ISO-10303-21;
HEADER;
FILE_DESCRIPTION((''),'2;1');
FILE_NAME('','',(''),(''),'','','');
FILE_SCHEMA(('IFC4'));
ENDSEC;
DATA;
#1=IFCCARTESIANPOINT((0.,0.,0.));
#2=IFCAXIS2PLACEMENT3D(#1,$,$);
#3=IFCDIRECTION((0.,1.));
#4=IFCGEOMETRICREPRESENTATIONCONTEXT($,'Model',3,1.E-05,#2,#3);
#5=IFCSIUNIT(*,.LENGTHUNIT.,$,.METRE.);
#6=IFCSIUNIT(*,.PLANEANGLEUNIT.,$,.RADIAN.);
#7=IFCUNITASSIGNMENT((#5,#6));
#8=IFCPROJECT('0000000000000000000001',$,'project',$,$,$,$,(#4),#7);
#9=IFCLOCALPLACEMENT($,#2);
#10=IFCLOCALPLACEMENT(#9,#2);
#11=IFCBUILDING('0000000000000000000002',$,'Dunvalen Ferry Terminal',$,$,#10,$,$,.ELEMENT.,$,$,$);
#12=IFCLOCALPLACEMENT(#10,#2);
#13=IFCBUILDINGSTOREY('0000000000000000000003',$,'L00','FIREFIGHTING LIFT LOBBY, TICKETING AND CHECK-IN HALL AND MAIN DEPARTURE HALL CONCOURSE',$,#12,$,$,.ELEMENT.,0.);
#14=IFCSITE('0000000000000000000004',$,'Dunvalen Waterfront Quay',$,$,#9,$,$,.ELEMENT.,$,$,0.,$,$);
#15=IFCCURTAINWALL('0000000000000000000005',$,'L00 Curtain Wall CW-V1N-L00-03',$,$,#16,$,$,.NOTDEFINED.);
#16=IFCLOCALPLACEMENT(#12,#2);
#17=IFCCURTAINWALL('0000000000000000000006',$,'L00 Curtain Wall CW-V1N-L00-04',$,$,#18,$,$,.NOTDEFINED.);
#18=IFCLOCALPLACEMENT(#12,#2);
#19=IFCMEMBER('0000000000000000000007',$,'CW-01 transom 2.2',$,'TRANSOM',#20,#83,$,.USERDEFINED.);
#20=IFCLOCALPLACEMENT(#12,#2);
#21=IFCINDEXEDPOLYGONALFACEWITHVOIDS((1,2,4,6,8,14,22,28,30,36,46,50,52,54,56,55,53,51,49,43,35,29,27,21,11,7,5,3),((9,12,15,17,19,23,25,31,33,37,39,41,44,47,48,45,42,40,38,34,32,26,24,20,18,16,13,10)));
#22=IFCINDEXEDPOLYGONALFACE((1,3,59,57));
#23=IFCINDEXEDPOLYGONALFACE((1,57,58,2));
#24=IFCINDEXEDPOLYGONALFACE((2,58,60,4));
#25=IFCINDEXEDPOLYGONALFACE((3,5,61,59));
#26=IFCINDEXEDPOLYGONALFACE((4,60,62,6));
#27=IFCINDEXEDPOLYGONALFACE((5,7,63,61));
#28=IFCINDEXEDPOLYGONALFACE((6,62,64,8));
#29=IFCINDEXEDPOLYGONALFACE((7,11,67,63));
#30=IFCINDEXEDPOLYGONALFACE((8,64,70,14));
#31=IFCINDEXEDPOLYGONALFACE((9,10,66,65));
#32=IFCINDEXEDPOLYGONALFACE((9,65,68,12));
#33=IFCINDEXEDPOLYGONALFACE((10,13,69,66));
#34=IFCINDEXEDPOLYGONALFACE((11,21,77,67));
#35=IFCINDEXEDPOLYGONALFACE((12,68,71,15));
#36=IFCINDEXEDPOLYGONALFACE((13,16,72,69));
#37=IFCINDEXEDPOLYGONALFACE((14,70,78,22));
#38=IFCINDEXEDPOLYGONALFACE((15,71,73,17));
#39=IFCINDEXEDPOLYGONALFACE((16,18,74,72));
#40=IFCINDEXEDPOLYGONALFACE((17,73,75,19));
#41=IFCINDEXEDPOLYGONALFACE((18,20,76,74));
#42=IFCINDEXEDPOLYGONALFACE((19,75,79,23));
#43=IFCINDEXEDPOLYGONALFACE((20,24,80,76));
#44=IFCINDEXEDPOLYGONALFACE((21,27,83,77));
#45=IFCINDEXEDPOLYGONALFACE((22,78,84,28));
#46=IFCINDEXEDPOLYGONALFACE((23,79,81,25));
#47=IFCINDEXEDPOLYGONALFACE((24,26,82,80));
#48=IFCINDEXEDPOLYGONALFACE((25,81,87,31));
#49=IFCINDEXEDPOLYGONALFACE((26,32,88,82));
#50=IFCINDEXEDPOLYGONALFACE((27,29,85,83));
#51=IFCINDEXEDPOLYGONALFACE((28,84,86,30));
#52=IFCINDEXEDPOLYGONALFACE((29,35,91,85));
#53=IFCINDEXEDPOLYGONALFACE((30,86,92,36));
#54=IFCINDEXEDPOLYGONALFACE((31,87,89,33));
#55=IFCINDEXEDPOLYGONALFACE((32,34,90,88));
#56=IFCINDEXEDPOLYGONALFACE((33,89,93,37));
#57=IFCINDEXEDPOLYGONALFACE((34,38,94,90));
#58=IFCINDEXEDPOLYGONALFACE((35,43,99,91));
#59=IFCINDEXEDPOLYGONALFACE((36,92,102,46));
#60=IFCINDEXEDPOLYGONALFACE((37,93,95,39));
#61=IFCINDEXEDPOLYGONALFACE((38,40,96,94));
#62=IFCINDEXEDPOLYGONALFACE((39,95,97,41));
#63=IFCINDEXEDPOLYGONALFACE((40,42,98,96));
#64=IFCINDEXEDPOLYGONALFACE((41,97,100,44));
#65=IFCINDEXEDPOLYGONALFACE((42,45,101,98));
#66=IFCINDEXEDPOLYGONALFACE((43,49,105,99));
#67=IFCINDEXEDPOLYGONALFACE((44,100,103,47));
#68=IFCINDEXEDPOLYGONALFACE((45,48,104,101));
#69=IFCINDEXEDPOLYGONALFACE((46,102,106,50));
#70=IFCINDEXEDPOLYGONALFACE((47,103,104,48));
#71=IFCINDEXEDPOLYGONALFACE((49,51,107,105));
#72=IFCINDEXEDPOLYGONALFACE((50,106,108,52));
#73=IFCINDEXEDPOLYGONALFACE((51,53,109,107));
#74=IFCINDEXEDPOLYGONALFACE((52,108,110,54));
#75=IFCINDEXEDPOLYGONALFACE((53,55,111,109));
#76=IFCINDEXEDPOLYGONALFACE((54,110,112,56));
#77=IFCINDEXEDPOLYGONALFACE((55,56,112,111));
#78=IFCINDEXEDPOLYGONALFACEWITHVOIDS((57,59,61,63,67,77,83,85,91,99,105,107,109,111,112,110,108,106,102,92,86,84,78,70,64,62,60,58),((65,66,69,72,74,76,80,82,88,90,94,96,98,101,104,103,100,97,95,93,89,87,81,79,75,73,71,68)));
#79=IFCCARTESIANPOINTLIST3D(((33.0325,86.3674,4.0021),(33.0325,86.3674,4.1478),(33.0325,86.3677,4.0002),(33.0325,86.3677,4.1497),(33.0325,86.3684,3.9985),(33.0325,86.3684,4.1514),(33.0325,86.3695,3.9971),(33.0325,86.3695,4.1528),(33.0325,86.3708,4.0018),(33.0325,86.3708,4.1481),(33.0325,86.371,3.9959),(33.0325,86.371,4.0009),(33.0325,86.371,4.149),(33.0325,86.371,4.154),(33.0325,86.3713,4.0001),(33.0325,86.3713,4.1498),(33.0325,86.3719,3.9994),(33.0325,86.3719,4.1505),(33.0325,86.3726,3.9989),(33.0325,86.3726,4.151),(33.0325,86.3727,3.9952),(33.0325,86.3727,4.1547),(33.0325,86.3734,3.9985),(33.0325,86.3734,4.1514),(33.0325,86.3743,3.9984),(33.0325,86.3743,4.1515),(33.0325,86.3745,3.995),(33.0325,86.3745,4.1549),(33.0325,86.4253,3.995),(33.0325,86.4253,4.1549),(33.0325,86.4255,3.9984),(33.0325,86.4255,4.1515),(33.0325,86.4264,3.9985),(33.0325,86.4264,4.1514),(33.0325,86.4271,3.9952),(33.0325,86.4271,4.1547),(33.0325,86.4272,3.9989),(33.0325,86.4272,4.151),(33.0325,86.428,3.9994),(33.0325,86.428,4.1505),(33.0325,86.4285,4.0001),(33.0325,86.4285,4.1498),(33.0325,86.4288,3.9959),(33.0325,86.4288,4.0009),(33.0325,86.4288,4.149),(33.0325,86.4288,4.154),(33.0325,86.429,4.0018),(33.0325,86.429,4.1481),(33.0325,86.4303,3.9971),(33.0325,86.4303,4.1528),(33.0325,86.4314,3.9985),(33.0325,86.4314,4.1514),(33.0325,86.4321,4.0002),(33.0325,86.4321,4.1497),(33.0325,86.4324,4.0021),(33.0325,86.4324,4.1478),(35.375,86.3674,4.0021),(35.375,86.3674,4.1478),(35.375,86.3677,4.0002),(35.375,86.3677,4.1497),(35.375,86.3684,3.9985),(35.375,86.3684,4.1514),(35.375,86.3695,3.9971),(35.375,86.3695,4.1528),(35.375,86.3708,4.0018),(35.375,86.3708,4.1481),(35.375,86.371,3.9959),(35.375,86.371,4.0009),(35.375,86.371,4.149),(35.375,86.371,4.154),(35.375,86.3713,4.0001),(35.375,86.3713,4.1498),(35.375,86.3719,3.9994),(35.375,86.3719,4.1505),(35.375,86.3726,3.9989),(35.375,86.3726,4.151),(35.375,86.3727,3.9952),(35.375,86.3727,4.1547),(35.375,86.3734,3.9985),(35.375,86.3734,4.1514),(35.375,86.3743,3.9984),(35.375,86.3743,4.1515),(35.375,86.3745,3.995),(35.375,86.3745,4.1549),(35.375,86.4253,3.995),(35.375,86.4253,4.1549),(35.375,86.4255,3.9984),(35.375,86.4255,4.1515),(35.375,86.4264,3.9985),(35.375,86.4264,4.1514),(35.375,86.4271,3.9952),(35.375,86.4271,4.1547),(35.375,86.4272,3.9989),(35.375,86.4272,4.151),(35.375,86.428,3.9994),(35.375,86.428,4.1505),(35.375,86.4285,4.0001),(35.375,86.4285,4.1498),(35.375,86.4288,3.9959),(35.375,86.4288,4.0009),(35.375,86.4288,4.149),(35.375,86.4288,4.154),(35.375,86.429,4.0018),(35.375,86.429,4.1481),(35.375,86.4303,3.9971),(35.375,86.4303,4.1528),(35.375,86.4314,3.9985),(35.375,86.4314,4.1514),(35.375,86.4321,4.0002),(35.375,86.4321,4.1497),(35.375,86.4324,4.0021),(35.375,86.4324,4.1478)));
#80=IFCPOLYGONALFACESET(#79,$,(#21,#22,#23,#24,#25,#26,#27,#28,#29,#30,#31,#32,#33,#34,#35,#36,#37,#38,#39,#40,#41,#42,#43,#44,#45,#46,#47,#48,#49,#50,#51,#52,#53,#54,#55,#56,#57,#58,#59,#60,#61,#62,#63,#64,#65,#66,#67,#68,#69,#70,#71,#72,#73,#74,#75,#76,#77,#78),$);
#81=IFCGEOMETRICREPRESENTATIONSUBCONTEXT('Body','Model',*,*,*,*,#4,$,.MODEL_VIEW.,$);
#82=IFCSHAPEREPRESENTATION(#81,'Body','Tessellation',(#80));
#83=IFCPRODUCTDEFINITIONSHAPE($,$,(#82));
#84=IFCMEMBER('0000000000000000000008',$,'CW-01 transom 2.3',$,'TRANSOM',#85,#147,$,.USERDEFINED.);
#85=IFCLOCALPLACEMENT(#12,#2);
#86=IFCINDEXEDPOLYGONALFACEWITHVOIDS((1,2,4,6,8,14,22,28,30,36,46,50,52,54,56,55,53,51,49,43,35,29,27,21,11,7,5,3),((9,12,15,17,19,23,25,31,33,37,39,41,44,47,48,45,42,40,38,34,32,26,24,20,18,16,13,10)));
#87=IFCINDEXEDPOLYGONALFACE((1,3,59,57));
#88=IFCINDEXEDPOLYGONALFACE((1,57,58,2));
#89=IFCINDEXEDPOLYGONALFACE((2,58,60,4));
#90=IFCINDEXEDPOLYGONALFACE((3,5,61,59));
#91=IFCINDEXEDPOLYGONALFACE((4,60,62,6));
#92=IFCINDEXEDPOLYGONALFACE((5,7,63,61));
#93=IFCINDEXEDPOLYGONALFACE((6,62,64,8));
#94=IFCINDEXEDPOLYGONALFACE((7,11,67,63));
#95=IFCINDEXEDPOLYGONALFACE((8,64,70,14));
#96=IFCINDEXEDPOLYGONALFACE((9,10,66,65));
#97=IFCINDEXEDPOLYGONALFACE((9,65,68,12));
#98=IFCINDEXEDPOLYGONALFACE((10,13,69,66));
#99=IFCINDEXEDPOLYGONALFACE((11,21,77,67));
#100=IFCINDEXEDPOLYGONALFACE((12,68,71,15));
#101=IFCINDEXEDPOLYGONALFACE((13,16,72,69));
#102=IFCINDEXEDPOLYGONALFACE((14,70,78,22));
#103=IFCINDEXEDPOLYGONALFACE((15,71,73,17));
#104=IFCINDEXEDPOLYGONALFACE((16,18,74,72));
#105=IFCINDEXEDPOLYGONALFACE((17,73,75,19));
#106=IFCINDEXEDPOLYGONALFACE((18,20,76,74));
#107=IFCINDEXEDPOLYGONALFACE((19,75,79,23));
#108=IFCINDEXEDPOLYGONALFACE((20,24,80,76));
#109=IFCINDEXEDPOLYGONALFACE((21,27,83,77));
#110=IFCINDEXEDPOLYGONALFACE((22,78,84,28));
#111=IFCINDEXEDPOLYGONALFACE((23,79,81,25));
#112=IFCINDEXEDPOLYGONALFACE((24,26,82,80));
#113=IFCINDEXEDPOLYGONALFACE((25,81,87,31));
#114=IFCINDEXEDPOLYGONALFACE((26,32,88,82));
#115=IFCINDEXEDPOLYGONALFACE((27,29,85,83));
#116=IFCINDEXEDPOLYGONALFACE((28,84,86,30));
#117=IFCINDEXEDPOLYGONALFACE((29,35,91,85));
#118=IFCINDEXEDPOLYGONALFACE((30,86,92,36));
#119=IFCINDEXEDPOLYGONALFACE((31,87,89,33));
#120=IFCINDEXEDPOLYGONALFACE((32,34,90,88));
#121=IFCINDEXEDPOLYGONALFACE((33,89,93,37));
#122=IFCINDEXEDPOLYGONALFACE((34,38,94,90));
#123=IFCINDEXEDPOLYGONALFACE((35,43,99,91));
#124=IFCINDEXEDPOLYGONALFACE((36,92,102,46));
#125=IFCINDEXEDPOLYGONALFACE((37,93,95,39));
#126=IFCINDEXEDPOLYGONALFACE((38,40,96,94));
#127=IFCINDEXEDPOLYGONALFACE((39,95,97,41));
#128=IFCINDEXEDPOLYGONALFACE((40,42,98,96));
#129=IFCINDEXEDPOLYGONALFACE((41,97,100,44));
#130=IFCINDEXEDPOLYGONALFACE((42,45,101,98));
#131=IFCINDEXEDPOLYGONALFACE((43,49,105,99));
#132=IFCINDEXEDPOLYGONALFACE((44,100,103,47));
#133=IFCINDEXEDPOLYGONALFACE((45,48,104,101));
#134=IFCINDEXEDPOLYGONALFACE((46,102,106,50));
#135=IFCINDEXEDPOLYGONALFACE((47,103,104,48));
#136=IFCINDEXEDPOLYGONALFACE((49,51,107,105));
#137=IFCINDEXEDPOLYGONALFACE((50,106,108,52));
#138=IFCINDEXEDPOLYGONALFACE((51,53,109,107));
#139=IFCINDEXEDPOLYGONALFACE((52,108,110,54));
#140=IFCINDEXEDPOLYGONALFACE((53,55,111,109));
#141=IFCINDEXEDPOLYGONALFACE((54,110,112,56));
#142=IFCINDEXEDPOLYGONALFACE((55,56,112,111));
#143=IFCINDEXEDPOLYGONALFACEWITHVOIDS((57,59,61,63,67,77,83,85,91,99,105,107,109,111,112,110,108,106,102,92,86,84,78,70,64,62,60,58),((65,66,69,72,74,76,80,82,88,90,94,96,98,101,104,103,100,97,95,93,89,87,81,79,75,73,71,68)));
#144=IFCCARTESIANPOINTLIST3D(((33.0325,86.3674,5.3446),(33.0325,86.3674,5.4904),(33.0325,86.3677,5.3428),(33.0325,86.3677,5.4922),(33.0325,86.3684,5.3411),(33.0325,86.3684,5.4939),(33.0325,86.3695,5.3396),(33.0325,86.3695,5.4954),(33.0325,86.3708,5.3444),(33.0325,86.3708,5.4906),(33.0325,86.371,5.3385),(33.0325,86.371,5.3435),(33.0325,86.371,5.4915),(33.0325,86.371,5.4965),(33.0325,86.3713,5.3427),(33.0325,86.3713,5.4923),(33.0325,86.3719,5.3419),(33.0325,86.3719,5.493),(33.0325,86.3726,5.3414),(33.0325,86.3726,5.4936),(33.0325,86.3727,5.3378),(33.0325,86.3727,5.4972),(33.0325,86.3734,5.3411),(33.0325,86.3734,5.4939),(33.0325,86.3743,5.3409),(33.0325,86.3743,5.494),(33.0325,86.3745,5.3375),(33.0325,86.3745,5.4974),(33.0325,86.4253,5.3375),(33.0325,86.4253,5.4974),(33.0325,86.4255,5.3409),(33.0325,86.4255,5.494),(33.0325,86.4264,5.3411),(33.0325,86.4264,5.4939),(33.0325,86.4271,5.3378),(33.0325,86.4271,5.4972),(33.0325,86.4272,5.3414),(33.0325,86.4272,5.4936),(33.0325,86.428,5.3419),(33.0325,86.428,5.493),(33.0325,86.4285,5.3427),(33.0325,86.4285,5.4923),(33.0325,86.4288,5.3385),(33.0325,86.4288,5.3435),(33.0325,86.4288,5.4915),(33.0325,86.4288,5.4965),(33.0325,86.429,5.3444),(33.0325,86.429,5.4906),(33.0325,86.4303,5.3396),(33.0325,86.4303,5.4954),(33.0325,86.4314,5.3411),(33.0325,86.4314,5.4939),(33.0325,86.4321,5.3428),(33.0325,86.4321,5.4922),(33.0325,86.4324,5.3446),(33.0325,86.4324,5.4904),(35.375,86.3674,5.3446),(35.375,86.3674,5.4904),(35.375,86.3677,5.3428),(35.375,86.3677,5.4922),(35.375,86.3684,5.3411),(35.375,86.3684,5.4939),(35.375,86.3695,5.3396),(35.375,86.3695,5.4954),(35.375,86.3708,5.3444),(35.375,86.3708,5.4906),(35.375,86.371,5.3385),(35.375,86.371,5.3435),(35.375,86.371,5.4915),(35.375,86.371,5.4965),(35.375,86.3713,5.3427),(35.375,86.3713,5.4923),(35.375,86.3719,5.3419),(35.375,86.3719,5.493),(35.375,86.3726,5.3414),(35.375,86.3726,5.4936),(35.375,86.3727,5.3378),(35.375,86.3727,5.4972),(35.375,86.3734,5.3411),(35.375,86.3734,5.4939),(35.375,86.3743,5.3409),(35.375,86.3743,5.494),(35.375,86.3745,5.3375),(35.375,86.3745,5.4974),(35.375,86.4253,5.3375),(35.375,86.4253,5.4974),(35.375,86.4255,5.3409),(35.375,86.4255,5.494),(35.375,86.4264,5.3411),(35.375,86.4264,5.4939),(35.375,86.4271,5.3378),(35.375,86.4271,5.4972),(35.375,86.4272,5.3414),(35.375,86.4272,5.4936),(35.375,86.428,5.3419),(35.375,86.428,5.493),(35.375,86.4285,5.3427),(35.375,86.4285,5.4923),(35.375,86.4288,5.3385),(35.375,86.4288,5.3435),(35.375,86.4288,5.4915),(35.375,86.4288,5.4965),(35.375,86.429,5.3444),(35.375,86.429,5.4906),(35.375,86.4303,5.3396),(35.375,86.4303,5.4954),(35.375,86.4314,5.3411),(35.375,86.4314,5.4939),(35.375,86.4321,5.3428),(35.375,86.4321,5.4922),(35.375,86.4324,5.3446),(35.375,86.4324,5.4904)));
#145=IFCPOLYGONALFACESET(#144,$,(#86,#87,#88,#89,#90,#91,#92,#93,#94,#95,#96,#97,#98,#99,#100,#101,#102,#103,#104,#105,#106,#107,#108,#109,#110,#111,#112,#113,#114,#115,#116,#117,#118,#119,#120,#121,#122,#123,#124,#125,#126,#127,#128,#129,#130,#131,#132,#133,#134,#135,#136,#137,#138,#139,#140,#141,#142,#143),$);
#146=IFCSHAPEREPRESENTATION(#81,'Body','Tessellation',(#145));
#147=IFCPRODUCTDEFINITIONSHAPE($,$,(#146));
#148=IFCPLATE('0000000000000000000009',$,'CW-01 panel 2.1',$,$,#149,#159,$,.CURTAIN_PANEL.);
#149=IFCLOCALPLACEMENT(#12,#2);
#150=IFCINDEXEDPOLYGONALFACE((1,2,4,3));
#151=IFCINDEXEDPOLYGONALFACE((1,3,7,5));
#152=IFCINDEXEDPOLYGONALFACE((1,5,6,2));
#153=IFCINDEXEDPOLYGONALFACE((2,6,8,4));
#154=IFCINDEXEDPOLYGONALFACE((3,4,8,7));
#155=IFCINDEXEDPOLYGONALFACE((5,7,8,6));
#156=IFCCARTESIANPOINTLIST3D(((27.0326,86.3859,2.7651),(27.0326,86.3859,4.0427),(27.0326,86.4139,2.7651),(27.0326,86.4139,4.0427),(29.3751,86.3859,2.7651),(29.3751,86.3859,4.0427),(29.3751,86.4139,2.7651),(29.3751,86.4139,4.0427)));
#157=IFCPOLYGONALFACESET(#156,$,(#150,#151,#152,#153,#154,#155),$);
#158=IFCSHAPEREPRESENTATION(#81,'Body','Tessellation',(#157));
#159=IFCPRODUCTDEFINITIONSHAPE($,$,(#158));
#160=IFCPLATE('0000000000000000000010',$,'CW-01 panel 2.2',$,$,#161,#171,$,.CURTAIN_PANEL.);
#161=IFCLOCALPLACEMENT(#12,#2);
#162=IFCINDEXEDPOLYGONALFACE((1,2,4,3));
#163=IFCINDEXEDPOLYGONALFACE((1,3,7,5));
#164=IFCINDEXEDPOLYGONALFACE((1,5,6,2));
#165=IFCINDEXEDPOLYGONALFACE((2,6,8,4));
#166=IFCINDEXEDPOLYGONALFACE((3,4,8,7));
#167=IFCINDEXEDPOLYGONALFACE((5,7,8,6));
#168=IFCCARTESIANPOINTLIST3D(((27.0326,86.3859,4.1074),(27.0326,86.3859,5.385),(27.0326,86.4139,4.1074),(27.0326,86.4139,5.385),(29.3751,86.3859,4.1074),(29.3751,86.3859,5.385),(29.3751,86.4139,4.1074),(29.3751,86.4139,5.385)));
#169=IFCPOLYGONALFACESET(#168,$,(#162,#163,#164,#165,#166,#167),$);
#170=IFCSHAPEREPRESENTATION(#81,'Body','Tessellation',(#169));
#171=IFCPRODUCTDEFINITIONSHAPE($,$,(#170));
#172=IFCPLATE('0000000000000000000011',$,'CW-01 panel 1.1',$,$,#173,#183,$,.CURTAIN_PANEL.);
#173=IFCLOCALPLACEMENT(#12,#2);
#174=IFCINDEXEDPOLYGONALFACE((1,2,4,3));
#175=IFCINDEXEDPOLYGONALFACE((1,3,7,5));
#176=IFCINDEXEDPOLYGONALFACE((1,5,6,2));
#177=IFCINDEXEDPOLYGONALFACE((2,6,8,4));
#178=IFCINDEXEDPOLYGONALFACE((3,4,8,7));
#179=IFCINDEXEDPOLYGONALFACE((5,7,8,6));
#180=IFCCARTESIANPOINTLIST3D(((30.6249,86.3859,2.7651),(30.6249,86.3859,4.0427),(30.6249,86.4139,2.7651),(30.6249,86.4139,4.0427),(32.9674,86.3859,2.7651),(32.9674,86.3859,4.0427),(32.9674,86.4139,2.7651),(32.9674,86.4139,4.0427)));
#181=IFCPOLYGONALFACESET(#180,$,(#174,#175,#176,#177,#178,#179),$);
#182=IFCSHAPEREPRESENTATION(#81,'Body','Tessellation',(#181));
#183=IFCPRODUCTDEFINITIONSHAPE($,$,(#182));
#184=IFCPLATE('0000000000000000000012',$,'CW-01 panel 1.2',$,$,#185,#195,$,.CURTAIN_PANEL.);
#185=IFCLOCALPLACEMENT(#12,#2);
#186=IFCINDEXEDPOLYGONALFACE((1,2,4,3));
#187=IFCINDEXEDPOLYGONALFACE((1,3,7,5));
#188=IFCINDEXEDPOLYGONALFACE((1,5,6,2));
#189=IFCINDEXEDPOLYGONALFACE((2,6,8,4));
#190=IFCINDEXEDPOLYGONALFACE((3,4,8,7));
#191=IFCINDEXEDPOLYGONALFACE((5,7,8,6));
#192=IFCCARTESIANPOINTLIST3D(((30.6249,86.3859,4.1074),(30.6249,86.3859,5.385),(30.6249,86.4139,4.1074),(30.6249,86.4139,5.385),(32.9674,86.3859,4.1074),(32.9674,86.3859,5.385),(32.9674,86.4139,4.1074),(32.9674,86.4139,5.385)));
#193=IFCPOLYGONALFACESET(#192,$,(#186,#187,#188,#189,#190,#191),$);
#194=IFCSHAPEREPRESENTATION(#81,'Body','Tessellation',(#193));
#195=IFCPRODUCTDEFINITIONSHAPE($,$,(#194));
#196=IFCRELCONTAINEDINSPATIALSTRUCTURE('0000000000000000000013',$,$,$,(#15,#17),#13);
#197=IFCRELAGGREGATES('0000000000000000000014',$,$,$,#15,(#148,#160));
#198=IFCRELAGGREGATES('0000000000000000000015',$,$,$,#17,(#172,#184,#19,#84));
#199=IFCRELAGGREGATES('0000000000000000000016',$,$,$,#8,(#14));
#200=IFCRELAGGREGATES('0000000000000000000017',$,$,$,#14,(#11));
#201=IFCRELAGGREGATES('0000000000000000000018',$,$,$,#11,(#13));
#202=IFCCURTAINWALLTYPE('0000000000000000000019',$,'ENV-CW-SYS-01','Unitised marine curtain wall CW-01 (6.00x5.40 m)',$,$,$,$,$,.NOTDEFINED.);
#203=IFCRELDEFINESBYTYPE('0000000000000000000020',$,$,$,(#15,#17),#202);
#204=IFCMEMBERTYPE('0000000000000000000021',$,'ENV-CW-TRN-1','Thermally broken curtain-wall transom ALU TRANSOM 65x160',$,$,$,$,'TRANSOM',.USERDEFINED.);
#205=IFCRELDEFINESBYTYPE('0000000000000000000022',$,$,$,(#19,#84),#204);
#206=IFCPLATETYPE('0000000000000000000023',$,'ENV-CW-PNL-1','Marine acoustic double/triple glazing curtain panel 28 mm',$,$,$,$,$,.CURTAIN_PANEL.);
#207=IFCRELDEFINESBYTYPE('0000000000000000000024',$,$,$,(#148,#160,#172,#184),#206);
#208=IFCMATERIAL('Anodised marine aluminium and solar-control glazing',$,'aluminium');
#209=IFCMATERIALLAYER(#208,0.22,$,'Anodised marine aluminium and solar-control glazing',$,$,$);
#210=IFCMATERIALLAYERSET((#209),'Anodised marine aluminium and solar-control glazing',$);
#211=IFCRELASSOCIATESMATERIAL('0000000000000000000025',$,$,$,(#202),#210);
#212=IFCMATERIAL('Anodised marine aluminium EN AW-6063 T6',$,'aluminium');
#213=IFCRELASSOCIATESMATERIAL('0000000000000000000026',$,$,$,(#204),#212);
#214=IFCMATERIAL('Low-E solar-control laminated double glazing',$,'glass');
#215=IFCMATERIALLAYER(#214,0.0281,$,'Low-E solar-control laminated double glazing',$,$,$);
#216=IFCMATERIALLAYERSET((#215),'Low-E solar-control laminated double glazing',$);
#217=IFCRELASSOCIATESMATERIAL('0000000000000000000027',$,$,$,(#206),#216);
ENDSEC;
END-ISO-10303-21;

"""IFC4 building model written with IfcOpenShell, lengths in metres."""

from ifc_helpers import new_model, si_unit, direction, frame, origin, origin_2d, place, context, subcontext, project, spatial, rectangle, hollow_rectangle, extrude, material, layer, layer_set, material_profile, profile_set, type_object, element, aggregate, save


model = new_model("IFC4")

# Units and contexts
model_context = context("Model", 3, precision=1e-05, world=origin(), true_north=direction((0.0, 1.0)))
body_context = subcontext(model_context, "Body", "Model", "MODEL_VIEW")
ifc_project = project(units=[si_unit("LENGTHUNIT", "METRE"), si_unit("PLANEANGLEUNIT", "RADIAN")], contexts=[model_context])

# Site, building, storey
site_placement = place(None, origin())
site = spatial("IfcSite", under=ifc_project, at=site_placement, Name="Dunvalen Waterfront Quay", CompositionType="ELEMENT", RefElevation=0.0)
building_placement = place(site_placement, origin())
building = spatial("IfcBuilding", under=site, at=building_placement, Name="Dunvalen Ferry Terminal", CompositionType="ELEMENT")
storey_placement = place(building_placement, origin())
storey = spatial("IfcBuildingStorey", under=building, at=storey_placement, Name="L00", Description="FIREFIGHTING LIFT LOBBY, TICKETING AND CHECK-IN HALL AND MAIN DEPARTURE HALL CONCOURSE", CompositionType="ELEMENT", Elevation=0.0)

# Curtain wall
ifc_material_1 = material(Name="Anodised marine aluminium and solar-control glazing", Category="aluminium")
ifc_layer_1 = layer(ifc_material_1, 0.22, Name="Anodised marine aluminium and solar-control glazing")
ifc_layer_set_1 = layer_set([ifc_layer_1], Name="Anodised marine aluminium and solar-control glazing")
curtain_wall_type = type_object("IfcCurtainWallType", Name="ENV-CW-SYS-01", Description="Unitised marine curtain wall CW-01 (6.00x5.40 m)", PredefinedType="NOTDEFINED", material=ifc_layer_set_1)
curtain_wall_1_placement = place(storey_placement, origin())
curtain_wall_1 = element("IfcCurtainWall", 1, at=curtain_wall_1_placement, inside=storey, type_object=curtain_wall_type, Name="L00 Curtain Wall CW-V1N-L00-03", PredefinedType="NOTDEFINED")
ifc_material_2 = material(Name="Anodised marine aluminium EN AW-6063 T6", Category="aluminium")

# Curtain wall, members
curtain_wall_2_placement = place(storey_placement, origin())
curtain_wall_2 = element("IfcCurtainWall", 2, at=curtain_wall_2_placement, inside=storey, type_object=curtain_wall_type, Name="L00 Curtain Wall CW-V1N-L00-04", PredefinedType="NOTDEFINED")
ifc_material_profile_1 = material_profile(ifc_material_2, hollow_rectangle(XDim=0.0649, YDim=0.1599, WallThickness=0.0034, InnerFilletRadius=0.0034, OuterFilletRadius=0.0071, at=origin_2d()), Name="Anodised marine aluminium EN AW-6063 T6")
ifc_profile_set_1 = profile_set([ifc_material_profile_1], Name="Anodised marine aluminium EN AW-6063 T6")
member_type_1 = type_object("IfcMemberType", Name="ENV-CW-TRN-1", Description="Thermally broken curtain-wall transom ALU TRANSOM 65x160", ElementType="TRANSOM", PredefinedType="USERDEFINED", material=ifc_profile_set_1)
member_1_placement = place(storey_placement, frame((33.0325, 86.3999, 4.075), z_axis=(1.0, 0.0, 0.0), x_axis=(0.0, 1.0, 0.0)))
member_1 = element("IfcMember", 3, at=member_1_placement, type_object=member_type_1, Name="CW-01 transom 2.2", ObjectType="TRANSOM", PredefinedType="USERDEFINED", context=body_context, shape_type="SweptSolid", body=[
    extrude(hollow_rectangle(XDim=0.0649, YDim=0.1599, WallThickness=0.0034, InnerFilletRadius=0.0034, OuterFilletRadius=0.0071, at=origin_2d()), origin(), (0.0, 0.0, 1.0), 2.3425),
])
member_2_placement = place(storey_placement, frame((33.0325, 86.3999, 5.4175), z_axis=(1.0, 0.0, 0.0), x_axis=(0.0, 1.0, 0.0)))
member_2 = element("IfcMember", 4, at=member_2_placement, type_object=member_type_1, Name="CW-01 transom 2.3", ObjectType="TRANSOM", PredefinedType="USERDEFINED", context=body_context, shape_type="SweptSolid", body=[
    extrude(hollow_rectangle(XDim=0.0649, YDim=0.1599, WallThickness=0.0034, InnerFilletRadius=0.0034, OuterFilletRadius=0.0071, at=origin_2d()), origin(), (0.0, 0.0, 1.0), 2.3425),
])

# Plates
ifc_material_3 = material(Name="Low-E solar-control laminated double glazing", Category="glass")
ifc_layer_2 = layer(ifc_material_3, 0.0281, Name="Low-E solar-control laminated double glazing")
ifc_layer_set_2 = layer_set([ifc_layer_2], Name="Low-E solar-control laminated double glazing")
plate_type = type_object("IfcPlateType", Name="ENV-CW-PNL-1", Description="Marine acoustic double/triple glazing curtain panel 28 mm", PredefinedType="CURTAIN_PANEL", material=ifc_layer_set_2)
plate_1_placement = place(storey_placement, frame((28.2039, 86.3999, 2.7651), z_axis=(0.0, 0.0, 1.0), x_axis=(1.0, 0.0, 0.0)))
plate_1 = element("IfcPlate", 5, at=plate_1_placement, type_object=plate_type, Name="CW-01 panel 2.1", PredefinedType="CURTAIN_PANEL", context=body_context, shape_type="SweptSolid", body=[
    extrude(rectangle(XDim=2.3425, YDim=0.0281, at=origin_2d()), origin(), (0.0, 0.0, 1.0), 1.2776),
])
plate_2_placement = place(storey_placement, frame((28.2039, 86.3999, 4.1074), z_axis=(0.0, 0.0, 1.0), x_axis=(1.0, 0.0, 0.0)))
plate_2 = element("IfcPlate", 6, at=plate_2_placement, type_object=plate_type, Name="CW-01 panel 2.2", PredefinedType="CURTAIN_PANEL", context=body_context, shape_type="SweptSolid", body=[
    extrude(rectangle(XDim=2.3425, YDim=0.0281, at=origin_2d()), origin(), (0.0, 0.0, 1.0), 1.2776),
])
aggregate(curtain_wall_1, [plate_1, plate_2])
plate_3_placement = place(storey_placement, frame((31.7961, 86.3999, 2.7651), z_axis=(0.0, 0.0, 1.0), x_axis=(1.0, 0.0, 0.0)))
plate_3 = element("IfcPlate", 7, at=plate_3_placement, type_object=plate_type, Name="CW-01 panel 1.1", PredefinedType="CURTAIN_PANEL", context=body_context, shape_type="SweptSolid", body=[
    extrude(rectangle(XDim=2.3425, YDim=0.0281, at=origin_2d()), origin(), (0.0, 0.0, 1.0), 1.2776),
])
plate_4_placement = place(storey_placement, frame((31.7961, 86.3999, 4.1074), z_axis=(0.0, 0.0, 1.0), x_axis=(1.0, 0.0, 0.0)))
plate_4 = element("IfcPlate", 8, at=plate_4_placement, type_object=plate_type, Name="CW-01 panel 1.2", PredefinedType="CURTAIN_PANEL", context=body_context, shape_type="SweptSolid", body=[
    extrude(rectangle(XDim=2.3425, YDim=0.0281, at=origin_2d()), origin(), (0.0, 0.0, 1.0), 1.2776),
])
aggregate(curtain_wall_2, [plate_3, plate_4, member_1, member_2])

save(model, "model.ifc")
